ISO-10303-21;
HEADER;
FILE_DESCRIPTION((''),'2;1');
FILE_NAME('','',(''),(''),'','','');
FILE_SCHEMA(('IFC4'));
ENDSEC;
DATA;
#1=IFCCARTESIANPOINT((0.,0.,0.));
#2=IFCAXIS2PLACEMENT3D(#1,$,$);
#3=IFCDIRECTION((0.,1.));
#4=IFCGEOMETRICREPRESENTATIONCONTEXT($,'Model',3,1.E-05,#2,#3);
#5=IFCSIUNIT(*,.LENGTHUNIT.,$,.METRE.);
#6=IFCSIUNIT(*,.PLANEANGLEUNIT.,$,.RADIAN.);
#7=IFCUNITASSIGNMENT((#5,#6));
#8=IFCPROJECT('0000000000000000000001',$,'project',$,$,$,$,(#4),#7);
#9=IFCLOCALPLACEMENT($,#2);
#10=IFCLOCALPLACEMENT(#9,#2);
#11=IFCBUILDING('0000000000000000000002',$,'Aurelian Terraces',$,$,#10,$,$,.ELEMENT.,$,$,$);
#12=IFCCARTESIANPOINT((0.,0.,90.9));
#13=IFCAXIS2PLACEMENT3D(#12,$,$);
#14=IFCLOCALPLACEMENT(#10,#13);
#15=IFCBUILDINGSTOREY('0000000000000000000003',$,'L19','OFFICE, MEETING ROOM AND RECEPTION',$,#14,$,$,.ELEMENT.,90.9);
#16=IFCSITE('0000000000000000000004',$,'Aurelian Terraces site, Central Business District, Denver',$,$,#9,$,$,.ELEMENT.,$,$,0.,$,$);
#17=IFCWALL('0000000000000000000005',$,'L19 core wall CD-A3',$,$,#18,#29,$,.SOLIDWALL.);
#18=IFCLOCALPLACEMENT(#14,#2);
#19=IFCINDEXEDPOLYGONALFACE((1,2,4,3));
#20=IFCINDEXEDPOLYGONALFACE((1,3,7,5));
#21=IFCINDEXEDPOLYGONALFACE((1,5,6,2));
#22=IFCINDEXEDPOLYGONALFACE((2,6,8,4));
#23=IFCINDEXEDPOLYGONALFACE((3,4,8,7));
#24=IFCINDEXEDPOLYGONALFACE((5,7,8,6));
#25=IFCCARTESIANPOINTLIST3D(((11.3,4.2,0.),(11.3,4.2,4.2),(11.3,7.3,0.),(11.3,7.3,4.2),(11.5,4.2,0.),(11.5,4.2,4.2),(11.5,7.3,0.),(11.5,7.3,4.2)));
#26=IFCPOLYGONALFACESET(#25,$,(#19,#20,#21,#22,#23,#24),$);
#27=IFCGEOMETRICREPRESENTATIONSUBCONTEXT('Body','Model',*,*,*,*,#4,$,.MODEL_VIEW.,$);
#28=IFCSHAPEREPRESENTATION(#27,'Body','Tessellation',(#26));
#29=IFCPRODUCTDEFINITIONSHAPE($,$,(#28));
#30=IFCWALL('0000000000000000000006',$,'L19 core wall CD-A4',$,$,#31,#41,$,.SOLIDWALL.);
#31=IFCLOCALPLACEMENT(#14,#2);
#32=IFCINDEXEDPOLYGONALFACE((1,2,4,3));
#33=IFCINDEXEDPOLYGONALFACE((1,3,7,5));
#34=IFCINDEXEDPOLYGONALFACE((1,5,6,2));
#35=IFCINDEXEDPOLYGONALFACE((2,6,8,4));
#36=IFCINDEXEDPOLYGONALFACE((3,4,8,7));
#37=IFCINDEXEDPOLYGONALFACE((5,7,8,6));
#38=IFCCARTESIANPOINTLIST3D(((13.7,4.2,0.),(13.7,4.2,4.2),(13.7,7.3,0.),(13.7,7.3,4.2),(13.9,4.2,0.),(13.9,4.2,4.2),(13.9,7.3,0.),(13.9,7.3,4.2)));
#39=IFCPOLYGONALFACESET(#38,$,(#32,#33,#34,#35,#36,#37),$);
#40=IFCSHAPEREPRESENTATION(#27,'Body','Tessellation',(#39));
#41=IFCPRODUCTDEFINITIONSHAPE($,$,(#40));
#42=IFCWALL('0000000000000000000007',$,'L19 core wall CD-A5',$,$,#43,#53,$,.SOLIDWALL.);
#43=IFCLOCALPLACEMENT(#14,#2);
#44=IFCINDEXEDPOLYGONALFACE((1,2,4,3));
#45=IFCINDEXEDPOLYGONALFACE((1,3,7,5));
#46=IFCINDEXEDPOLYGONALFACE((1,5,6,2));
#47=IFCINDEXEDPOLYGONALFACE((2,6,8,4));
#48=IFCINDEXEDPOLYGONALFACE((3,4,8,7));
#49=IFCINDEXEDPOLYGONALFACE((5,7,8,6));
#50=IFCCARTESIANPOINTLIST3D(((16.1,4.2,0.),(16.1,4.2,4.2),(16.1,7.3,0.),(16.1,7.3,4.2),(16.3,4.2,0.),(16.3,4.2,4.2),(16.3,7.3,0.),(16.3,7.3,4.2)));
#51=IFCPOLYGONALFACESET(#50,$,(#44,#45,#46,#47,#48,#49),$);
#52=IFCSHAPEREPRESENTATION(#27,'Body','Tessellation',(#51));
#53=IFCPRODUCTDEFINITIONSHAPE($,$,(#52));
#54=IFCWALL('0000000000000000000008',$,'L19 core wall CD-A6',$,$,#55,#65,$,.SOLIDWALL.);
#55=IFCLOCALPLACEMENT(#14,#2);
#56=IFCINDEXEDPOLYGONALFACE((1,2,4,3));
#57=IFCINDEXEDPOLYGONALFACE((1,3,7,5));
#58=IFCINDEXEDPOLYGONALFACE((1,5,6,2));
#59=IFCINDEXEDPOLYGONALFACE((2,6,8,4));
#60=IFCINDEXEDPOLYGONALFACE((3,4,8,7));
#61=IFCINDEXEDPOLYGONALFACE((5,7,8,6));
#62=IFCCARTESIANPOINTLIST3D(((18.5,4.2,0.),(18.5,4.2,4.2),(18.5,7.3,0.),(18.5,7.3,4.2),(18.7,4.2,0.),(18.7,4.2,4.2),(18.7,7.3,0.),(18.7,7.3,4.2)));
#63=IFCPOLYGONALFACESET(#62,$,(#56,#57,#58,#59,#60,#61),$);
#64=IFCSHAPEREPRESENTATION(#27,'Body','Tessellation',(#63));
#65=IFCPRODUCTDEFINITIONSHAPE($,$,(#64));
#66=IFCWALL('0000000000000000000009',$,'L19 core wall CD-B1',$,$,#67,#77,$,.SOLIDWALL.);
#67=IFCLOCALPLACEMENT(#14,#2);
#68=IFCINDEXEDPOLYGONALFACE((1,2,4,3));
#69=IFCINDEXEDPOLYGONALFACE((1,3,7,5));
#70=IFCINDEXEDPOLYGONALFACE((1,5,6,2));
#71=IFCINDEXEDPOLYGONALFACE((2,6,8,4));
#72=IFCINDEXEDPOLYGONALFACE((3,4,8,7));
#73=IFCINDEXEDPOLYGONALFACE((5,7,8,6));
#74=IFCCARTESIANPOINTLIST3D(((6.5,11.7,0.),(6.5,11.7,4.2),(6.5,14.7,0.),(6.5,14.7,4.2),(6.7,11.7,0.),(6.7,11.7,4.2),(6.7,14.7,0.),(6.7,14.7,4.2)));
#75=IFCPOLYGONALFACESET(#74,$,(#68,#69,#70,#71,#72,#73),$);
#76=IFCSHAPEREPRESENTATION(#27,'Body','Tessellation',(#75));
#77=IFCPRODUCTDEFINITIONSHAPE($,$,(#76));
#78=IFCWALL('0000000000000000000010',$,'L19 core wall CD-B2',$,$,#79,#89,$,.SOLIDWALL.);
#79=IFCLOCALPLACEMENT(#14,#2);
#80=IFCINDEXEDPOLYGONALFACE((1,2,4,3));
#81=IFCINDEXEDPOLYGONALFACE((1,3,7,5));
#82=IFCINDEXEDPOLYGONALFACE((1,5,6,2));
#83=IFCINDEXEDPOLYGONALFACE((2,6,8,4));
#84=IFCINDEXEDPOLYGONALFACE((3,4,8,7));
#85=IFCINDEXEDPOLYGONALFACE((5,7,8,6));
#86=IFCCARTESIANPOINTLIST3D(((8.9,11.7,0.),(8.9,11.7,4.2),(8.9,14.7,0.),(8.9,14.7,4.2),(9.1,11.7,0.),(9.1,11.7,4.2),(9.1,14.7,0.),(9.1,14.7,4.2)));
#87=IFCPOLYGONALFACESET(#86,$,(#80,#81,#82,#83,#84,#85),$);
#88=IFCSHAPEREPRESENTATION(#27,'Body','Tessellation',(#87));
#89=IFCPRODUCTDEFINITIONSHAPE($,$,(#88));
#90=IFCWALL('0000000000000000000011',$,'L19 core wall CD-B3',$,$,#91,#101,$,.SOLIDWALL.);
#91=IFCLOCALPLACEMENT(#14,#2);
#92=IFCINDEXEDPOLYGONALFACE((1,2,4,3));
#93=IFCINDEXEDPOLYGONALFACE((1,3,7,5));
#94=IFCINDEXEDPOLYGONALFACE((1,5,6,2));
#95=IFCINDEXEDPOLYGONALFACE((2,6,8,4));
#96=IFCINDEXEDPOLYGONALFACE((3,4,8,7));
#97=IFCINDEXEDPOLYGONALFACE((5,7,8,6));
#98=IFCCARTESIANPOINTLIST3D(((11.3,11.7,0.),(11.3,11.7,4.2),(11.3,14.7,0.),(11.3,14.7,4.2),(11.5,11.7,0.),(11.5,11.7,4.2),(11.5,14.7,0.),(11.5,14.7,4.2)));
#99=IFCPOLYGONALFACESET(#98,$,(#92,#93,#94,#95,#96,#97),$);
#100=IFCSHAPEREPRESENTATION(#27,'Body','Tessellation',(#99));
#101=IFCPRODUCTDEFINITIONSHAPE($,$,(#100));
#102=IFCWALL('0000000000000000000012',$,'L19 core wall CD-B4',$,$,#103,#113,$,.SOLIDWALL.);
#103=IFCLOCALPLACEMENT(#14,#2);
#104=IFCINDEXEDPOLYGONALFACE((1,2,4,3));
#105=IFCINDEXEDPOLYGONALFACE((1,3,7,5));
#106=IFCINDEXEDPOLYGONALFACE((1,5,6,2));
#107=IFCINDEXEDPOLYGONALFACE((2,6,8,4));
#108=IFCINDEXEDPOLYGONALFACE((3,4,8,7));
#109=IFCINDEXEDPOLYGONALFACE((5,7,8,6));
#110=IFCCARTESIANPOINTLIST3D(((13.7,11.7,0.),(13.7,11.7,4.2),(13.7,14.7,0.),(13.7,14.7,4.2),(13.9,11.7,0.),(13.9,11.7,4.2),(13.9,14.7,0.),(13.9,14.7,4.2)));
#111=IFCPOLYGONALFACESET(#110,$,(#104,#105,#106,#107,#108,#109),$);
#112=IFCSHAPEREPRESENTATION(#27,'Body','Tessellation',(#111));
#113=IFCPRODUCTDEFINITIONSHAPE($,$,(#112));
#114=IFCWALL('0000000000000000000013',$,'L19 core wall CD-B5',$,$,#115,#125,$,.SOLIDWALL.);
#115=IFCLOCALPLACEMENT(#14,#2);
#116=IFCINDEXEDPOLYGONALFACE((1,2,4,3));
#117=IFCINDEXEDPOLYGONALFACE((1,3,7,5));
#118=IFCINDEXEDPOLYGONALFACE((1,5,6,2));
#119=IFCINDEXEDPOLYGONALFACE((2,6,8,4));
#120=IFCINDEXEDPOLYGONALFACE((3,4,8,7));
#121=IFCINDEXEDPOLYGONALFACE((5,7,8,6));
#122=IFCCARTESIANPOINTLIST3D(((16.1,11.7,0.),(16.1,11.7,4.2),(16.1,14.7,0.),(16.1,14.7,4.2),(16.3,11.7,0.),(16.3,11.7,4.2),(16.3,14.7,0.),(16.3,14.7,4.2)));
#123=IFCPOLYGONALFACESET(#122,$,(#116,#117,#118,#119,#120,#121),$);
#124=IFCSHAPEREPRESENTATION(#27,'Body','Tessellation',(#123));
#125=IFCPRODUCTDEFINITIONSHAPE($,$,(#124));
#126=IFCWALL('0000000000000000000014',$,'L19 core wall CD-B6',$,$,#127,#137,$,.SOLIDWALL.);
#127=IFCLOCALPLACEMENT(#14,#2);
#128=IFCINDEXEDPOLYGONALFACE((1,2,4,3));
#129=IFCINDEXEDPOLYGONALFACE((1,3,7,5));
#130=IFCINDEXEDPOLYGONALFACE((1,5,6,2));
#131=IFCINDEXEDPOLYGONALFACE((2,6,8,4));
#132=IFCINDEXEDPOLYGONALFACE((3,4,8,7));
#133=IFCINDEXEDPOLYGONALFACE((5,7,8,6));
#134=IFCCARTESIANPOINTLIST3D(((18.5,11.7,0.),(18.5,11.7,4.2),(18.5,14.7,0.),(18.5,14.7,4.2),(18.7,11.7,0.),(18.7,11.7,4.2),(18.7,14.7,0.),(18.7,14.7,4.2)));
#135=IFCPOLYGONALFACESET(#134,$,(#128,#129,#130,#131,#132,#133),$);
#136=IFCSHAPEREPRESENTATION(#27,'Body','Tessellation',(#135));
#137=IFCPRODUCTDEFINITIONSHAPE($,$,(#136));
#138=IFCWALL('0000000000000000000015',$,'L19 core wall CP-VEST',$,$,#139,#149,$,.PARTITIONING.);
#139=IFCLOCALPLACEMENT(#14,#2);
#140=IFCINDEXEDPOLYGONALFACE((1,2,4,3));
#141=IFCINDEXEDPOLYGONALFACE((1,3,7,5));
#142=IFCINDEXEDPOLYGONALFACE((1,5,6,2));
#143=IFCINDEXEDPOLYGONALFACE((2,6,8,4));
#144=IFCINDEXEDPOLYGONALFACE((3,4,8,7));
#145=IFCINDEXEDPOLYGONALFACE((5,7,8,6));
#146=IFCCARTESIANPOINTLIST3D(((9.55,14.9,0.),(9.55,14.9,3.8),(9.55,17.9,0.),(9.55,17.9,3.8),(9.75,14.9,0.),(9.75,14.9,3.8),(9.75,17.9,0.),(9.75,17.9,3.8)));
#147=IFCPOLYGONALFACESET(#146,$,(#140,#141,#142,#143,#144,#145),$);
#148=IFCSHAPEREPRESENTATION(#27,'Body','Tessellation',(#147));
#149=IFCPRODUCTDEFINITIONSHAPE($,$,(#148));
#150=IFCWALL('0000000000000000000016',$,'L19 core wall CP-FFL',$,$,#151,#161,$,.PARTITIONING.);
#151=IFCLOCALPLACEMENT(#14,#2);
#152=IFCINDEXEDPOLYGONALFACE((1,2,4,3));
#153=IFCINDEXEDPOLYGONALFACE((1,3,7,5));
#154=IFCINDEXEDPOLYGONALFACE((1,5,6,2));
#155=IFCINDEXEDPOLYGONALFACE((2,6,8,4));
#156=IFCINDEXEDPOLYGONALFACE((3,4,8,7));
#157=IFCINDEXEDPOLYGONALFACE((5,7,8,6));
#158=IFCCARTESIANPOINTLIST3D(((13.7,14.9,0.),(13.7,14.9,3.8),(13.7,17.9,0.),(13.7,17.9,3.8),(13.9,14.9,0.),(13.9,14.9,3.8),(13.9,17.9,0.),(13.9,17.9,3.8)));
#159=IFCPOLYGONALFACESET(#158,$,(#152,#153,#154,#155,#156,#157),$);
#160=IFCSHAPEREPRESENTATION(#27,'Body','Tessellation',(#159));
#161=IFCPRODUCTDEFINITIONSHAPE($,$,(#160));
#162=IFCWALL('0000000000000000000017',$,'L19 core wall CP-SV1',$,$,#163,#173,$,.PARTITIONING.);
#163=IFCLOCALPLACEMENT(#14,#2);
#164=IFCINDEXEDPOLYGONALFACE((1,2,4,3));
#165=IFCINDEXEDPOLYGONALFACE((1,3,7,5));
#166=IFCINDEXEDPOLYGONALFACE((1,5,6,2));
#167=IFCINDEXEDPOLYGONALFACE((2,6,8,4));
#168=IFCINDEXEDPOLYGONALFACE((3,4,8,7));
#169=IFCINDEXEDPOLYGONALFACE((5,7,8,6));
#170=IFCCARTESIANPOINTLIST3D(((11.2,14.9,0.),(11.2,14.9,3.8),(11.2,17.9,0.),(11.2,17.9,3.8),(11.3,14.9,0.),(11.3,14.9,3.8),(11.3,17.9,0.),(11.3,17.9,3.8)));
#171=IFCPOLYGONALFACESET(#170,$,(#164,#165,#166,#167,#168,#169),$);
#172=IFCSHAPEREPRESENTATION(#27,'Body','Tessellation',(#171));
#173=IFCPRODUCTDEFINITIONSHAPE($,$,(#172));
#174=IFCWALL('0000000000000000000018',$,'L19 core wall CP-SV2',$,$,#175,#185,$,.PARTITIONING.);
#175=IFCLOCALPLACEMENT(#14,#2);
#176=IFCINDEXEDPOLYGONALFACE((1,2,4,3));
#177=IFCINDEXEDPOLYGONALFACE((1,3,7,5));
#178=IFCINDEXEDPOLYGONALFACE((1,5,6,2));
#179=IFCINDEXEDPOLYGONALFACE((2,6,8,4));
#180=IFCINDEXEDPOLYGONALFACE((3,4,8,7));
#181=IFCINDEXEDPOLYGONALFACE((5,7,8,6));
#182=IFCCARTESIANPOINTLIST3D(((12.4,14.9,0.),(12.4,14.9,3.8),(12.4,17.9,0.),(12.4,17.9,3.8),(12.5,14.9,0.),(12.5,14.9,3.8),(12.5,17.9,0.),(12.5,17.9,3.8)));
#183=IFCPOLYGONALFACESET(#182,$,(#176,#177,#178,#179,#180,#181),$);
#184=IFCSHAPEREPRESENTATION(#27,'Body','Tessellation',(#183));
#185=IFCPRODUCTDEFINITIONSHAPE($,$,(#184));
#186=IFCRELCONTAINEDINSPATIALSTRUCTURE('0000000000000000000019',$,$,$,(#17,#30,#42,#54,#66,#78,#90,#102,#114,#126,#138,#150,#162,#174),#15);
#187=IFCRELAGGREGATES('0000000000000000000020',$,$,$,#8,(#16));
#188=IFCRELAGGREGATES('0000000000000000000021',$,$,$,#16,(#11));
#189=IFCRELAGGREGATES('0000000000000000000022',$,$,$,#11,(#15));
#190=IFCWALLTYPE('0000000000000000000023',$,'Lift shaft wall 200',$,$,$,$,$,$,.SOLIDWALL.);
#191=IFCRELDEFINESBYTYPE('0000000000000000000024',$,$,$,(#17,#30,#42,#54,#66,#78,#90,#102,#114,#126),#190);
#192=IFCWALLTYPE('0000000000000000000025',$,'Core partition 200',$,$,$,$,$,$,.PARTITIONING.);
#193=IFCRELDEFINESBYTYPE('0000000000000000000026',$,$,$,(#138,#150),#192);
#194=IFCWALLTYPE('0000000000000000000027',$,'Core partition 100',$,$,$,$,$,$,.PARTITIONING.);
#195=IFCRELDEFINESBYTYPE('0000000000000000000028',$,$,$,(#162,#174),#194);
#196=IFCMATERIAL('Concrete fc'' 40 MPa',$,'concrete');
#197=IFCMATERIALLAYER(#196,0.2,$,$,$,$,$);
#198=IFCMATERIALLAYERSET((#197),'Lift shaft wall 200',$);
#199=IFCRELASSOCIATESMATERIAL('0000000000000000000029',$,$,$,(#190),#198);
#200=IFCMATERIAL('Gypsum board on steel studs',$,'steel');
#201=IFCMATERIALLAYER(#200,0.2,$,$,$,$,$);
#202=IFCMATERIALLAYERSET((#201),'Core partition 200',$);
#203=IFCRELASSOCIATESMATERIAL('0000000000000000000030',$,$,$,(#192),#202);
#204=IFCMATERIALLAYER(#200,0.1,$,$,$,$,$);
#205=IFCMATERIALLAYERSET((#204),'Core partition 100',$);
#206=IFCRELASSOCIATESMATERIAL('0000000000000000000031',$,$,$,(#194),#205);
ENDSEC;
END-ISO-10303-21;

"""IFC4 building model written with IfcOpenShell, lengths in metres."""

from ifc_helpers import new_model, si_unit, direction, frame, frame_2d, origin, place, context, subcontext, project, spatial, rectangle, extrude, source, transform, mapped, material, layer, layer_set, type_object, element, save


model = new_model("IFC4")

# Units and contexts
model_context = context("Model", 3, precision=1e-05, world=origin(), true_north=direction((0.0, 1.0)))
body_context = subcontext(model_context, "Body", "Model", "MODEL_VIEW")
ifc_project = project(units=[si_unit("LENGTHUNIT", "METRE"), si_unit("PLANEANGLEUNIT", "RADIAN")], contexts=[model_context])

# Site, building, storey
site_placement = place(None, origin())
site = spatial("IfcSite", under=ifc_project, at=site_placement, Name="Aurelian Terraces site, Central Business District, Denver", CompositionType="ELEMENT", RefElevation=0.0)
building_placement = place(site_placement, origin())
building = spatial("IfcBuilding", under=site, at=building_placement, Name="Aurelian Terraces", CompositionType="ELEMENT")
storey_placement = place(building_placement, frame((0.0, 0.0, 90.9)))
storey = spatial("IfcBuildingStorey", under=building, at=storey_placement, Name="L19", Description="OFFICE, MEETING ROOM AND RECEPTION", CompositionType="ELEMENT", Elevation=90.9)

# Walls
ifc_material_1 = material(Name="Concrete fc' 40 MPa", Category="concrete")
ifc_layer_1 = layer(ifc_material_1, 0.2)
ifc_layer_set_1 = layer_set([ifc_layer_1], Name="Lift shaft wall 200")
wall_type_1 = type_object("IfcWallType", Name="Lift shaft wall 200", PredefinedType="SOLIDWALL", material=ifc_layer_set_1)
shared_shape_1 = source(origin(), body_context, "Body", "SweptSolid", [
    extrude(rectangle(XDim=3.1, YDim=0.2, at=frame_2d((1.55, 0.0))), origin(), (0.0, 0.0, 1.0), 4.2),
])
for number, where, z_axis, x_axis, name in (
    (1, (11.4, 4.2, 0.0), (0.0, 0.0, 1.0), (0.0, 1.0, 0.0), "L19 core wall CD-A3"),
    (2, (13.8, 4.2, 0.0), (0.0, 0.0, 1.0), (0.0, 1.0, 0.0), "L19 core wall CD-A4"),
    (3, (16.2, 4.2, 0.0), (0.0, 0.0, 1.0), (0.0, 1.0, 0.0), "L19 core wall CD-A5"),
    (4, (18.6, 4.2, 0.0), (0.0, 0.0, 1.0), (0.0, 1.0, 0.0), "L19 core wall CD-A6"),
):
    element("IfcWall", number, at=place(storey_placement, frame(where, z_axis=z_axis, x_axis=x_axis)), inside=storey, type_object=wall_type_1, Name=name, PredefinedType="SOLIDWALL", context=body_context, shape_type="MappedRepresentation", body=[
        mapped(shared_shape_1, transform((0.0, 0.0, 0.0), scale=1.0)),
    ])
shared_shape_2 = source(origin(), body_context, "Body", "SweptSolid", [
    extrude(rectangle(XDim=3.0, YDim=0.2, at=frame_2d((1.5, 0.0))), origin(), (0.0, 0.0, 1.0), 4.2),
])
for number, where, z_axis, x_axis, name in (
    (5, (6.6, 11.7, 0.0), (0.0, 0.0, 1.0), (0.0, 1.0, 0.0), "L19 core wall CD-B1"),
    (6, (9.0, 11.7, 0.0), (0.0, 0.0, 1.0), (0.0, 1.0, 0.0), "L19 core wall CD-B2"),
    (7, (11.4, 11.7, 0.0), (0.0, 0.0, 1.0), (0.0, 1.0, 0.0), "L19 core wall CD-B3"),
    (8, (13.8, 11.7, 0.0), (0.0, 0.0, 1.0), (0.0, 1.0, 0.0), "L19 core wall CD-B4"),
    (9, (16.2, 11.7, 0.0), (0.0, 0.0, 1.0), (0.0, 1.0, 0.0), "L19 core wall CD-B5"),
    (10, (18.6, 11.7, 0.0), (0.0, 0.0, 1.0), (0.0, 1.0, 0.0), "L19 core wall CD-B6"),
):
    element("IfcWall", number, at=place(storey_placement, frame(where, z_axis=z_axis, x_axis=x_axis)), inside=storey, type_object=wall_type_1, Name=name, PredefinedType="SOLIDWALL", context=body_context, shape_type="MappedRepresentation", body=[
        mapped(shared_shape_2, transform((0.0, 0.0, 0.0), scale=1.0)),
    ])
ifc_material_2 = material(Name="Gypsum board on steel studs", Category="steel")
ifc_layer_2 = layer(ifc_material_2, 0.2)
ifc_layer_set_2 = layer_set([ifc_layer_2], Name="Core partition 200")
wall_type_2 = type_object("IfcWallType", Name="Core partition 200", PredefinedType="PARTITIONING", material=ifc_layer_set_2)
shared_shape_3 = source(origin(), body_context, "Body", "SweptSolid", [
    extrude(rectangle(XDim=3.0, YDim=0.2, at=frame_2d((1.5, 0.0))), origin(), (0.0, 0.0, 1.0), 3.8),
])
for number, where, z_axis, x_axis, name in (
    (11, (9.65, 14.9, 0.0), (0.0, 0.0, 1.0), (0.0, 1.0, 0.0), "L19 core wall CP-VEST"),
    (12, (13.8, 14.9, 0.0), (0.0, 0.0, 1.0), (0.0, 1.0, 0.0), "L19 core wall CP-FFL"),
):
    element("IfcWall", number, at=place(storey_placement, frame(where, z_axis=z_axis, x_axis=x_axis)), inside=storey, type_object=wall_type_2, Name=name, PredefinedType="PARTITIONING", context=body_context, shape_type="MappedRepresentation", body=[
        mapped(shared_shape_3, transform((0.0, 0.0, 0.0), scale=1.0)),
    ])
ifc_layer_3 = layer(ifc_material_2, 0.1)
ifc_layer_set_3 = layer_set([ifc_layer_3], Name="Core partition 100")
wall_type_3 = type_object("IfcWallType", Name="Core partition 100", PredefinedType="PARTITIONING", material=ifc_layer_set_3)
shared_shape_4 = source(origin(), body_context, "Body", "SweptSolid", [
    extrude(rectangle(XDim=3.0, YDim=0.1, at=frame_2d((1.5, 0.0))), origin(), (0.0, 0.0, 1.0), 3.8),
])
for number, where, z_axis, x_axis, name in (
    (13, (11.25, 14.9, 0.0), (0.0, 0.0, 1.0), (0.0, 1.0, 0.0), "L19 core wall CP-SV1"),
    (14, (12.45, 14.9, 0.0), (0.0, 0.0, 1.0), (0.0, 1.0, 0.0), "L19 core wall CP-SV2"),
):
    element("IfcWall", number, at=place(storey_placement, frame(where, z_axis=z_axis, x_axis=x_axis)), inside=storey, type_object=wall_type_3, Name=name, PredefinedType="PARTITIONING", context=body_context, shape_type="MappedRepresentation", body=[
        mapped(shared_shape_4, transform((0.0, 0.0, 0.0), scale=1.0)),
    ])

save(model, "model.ifc")
